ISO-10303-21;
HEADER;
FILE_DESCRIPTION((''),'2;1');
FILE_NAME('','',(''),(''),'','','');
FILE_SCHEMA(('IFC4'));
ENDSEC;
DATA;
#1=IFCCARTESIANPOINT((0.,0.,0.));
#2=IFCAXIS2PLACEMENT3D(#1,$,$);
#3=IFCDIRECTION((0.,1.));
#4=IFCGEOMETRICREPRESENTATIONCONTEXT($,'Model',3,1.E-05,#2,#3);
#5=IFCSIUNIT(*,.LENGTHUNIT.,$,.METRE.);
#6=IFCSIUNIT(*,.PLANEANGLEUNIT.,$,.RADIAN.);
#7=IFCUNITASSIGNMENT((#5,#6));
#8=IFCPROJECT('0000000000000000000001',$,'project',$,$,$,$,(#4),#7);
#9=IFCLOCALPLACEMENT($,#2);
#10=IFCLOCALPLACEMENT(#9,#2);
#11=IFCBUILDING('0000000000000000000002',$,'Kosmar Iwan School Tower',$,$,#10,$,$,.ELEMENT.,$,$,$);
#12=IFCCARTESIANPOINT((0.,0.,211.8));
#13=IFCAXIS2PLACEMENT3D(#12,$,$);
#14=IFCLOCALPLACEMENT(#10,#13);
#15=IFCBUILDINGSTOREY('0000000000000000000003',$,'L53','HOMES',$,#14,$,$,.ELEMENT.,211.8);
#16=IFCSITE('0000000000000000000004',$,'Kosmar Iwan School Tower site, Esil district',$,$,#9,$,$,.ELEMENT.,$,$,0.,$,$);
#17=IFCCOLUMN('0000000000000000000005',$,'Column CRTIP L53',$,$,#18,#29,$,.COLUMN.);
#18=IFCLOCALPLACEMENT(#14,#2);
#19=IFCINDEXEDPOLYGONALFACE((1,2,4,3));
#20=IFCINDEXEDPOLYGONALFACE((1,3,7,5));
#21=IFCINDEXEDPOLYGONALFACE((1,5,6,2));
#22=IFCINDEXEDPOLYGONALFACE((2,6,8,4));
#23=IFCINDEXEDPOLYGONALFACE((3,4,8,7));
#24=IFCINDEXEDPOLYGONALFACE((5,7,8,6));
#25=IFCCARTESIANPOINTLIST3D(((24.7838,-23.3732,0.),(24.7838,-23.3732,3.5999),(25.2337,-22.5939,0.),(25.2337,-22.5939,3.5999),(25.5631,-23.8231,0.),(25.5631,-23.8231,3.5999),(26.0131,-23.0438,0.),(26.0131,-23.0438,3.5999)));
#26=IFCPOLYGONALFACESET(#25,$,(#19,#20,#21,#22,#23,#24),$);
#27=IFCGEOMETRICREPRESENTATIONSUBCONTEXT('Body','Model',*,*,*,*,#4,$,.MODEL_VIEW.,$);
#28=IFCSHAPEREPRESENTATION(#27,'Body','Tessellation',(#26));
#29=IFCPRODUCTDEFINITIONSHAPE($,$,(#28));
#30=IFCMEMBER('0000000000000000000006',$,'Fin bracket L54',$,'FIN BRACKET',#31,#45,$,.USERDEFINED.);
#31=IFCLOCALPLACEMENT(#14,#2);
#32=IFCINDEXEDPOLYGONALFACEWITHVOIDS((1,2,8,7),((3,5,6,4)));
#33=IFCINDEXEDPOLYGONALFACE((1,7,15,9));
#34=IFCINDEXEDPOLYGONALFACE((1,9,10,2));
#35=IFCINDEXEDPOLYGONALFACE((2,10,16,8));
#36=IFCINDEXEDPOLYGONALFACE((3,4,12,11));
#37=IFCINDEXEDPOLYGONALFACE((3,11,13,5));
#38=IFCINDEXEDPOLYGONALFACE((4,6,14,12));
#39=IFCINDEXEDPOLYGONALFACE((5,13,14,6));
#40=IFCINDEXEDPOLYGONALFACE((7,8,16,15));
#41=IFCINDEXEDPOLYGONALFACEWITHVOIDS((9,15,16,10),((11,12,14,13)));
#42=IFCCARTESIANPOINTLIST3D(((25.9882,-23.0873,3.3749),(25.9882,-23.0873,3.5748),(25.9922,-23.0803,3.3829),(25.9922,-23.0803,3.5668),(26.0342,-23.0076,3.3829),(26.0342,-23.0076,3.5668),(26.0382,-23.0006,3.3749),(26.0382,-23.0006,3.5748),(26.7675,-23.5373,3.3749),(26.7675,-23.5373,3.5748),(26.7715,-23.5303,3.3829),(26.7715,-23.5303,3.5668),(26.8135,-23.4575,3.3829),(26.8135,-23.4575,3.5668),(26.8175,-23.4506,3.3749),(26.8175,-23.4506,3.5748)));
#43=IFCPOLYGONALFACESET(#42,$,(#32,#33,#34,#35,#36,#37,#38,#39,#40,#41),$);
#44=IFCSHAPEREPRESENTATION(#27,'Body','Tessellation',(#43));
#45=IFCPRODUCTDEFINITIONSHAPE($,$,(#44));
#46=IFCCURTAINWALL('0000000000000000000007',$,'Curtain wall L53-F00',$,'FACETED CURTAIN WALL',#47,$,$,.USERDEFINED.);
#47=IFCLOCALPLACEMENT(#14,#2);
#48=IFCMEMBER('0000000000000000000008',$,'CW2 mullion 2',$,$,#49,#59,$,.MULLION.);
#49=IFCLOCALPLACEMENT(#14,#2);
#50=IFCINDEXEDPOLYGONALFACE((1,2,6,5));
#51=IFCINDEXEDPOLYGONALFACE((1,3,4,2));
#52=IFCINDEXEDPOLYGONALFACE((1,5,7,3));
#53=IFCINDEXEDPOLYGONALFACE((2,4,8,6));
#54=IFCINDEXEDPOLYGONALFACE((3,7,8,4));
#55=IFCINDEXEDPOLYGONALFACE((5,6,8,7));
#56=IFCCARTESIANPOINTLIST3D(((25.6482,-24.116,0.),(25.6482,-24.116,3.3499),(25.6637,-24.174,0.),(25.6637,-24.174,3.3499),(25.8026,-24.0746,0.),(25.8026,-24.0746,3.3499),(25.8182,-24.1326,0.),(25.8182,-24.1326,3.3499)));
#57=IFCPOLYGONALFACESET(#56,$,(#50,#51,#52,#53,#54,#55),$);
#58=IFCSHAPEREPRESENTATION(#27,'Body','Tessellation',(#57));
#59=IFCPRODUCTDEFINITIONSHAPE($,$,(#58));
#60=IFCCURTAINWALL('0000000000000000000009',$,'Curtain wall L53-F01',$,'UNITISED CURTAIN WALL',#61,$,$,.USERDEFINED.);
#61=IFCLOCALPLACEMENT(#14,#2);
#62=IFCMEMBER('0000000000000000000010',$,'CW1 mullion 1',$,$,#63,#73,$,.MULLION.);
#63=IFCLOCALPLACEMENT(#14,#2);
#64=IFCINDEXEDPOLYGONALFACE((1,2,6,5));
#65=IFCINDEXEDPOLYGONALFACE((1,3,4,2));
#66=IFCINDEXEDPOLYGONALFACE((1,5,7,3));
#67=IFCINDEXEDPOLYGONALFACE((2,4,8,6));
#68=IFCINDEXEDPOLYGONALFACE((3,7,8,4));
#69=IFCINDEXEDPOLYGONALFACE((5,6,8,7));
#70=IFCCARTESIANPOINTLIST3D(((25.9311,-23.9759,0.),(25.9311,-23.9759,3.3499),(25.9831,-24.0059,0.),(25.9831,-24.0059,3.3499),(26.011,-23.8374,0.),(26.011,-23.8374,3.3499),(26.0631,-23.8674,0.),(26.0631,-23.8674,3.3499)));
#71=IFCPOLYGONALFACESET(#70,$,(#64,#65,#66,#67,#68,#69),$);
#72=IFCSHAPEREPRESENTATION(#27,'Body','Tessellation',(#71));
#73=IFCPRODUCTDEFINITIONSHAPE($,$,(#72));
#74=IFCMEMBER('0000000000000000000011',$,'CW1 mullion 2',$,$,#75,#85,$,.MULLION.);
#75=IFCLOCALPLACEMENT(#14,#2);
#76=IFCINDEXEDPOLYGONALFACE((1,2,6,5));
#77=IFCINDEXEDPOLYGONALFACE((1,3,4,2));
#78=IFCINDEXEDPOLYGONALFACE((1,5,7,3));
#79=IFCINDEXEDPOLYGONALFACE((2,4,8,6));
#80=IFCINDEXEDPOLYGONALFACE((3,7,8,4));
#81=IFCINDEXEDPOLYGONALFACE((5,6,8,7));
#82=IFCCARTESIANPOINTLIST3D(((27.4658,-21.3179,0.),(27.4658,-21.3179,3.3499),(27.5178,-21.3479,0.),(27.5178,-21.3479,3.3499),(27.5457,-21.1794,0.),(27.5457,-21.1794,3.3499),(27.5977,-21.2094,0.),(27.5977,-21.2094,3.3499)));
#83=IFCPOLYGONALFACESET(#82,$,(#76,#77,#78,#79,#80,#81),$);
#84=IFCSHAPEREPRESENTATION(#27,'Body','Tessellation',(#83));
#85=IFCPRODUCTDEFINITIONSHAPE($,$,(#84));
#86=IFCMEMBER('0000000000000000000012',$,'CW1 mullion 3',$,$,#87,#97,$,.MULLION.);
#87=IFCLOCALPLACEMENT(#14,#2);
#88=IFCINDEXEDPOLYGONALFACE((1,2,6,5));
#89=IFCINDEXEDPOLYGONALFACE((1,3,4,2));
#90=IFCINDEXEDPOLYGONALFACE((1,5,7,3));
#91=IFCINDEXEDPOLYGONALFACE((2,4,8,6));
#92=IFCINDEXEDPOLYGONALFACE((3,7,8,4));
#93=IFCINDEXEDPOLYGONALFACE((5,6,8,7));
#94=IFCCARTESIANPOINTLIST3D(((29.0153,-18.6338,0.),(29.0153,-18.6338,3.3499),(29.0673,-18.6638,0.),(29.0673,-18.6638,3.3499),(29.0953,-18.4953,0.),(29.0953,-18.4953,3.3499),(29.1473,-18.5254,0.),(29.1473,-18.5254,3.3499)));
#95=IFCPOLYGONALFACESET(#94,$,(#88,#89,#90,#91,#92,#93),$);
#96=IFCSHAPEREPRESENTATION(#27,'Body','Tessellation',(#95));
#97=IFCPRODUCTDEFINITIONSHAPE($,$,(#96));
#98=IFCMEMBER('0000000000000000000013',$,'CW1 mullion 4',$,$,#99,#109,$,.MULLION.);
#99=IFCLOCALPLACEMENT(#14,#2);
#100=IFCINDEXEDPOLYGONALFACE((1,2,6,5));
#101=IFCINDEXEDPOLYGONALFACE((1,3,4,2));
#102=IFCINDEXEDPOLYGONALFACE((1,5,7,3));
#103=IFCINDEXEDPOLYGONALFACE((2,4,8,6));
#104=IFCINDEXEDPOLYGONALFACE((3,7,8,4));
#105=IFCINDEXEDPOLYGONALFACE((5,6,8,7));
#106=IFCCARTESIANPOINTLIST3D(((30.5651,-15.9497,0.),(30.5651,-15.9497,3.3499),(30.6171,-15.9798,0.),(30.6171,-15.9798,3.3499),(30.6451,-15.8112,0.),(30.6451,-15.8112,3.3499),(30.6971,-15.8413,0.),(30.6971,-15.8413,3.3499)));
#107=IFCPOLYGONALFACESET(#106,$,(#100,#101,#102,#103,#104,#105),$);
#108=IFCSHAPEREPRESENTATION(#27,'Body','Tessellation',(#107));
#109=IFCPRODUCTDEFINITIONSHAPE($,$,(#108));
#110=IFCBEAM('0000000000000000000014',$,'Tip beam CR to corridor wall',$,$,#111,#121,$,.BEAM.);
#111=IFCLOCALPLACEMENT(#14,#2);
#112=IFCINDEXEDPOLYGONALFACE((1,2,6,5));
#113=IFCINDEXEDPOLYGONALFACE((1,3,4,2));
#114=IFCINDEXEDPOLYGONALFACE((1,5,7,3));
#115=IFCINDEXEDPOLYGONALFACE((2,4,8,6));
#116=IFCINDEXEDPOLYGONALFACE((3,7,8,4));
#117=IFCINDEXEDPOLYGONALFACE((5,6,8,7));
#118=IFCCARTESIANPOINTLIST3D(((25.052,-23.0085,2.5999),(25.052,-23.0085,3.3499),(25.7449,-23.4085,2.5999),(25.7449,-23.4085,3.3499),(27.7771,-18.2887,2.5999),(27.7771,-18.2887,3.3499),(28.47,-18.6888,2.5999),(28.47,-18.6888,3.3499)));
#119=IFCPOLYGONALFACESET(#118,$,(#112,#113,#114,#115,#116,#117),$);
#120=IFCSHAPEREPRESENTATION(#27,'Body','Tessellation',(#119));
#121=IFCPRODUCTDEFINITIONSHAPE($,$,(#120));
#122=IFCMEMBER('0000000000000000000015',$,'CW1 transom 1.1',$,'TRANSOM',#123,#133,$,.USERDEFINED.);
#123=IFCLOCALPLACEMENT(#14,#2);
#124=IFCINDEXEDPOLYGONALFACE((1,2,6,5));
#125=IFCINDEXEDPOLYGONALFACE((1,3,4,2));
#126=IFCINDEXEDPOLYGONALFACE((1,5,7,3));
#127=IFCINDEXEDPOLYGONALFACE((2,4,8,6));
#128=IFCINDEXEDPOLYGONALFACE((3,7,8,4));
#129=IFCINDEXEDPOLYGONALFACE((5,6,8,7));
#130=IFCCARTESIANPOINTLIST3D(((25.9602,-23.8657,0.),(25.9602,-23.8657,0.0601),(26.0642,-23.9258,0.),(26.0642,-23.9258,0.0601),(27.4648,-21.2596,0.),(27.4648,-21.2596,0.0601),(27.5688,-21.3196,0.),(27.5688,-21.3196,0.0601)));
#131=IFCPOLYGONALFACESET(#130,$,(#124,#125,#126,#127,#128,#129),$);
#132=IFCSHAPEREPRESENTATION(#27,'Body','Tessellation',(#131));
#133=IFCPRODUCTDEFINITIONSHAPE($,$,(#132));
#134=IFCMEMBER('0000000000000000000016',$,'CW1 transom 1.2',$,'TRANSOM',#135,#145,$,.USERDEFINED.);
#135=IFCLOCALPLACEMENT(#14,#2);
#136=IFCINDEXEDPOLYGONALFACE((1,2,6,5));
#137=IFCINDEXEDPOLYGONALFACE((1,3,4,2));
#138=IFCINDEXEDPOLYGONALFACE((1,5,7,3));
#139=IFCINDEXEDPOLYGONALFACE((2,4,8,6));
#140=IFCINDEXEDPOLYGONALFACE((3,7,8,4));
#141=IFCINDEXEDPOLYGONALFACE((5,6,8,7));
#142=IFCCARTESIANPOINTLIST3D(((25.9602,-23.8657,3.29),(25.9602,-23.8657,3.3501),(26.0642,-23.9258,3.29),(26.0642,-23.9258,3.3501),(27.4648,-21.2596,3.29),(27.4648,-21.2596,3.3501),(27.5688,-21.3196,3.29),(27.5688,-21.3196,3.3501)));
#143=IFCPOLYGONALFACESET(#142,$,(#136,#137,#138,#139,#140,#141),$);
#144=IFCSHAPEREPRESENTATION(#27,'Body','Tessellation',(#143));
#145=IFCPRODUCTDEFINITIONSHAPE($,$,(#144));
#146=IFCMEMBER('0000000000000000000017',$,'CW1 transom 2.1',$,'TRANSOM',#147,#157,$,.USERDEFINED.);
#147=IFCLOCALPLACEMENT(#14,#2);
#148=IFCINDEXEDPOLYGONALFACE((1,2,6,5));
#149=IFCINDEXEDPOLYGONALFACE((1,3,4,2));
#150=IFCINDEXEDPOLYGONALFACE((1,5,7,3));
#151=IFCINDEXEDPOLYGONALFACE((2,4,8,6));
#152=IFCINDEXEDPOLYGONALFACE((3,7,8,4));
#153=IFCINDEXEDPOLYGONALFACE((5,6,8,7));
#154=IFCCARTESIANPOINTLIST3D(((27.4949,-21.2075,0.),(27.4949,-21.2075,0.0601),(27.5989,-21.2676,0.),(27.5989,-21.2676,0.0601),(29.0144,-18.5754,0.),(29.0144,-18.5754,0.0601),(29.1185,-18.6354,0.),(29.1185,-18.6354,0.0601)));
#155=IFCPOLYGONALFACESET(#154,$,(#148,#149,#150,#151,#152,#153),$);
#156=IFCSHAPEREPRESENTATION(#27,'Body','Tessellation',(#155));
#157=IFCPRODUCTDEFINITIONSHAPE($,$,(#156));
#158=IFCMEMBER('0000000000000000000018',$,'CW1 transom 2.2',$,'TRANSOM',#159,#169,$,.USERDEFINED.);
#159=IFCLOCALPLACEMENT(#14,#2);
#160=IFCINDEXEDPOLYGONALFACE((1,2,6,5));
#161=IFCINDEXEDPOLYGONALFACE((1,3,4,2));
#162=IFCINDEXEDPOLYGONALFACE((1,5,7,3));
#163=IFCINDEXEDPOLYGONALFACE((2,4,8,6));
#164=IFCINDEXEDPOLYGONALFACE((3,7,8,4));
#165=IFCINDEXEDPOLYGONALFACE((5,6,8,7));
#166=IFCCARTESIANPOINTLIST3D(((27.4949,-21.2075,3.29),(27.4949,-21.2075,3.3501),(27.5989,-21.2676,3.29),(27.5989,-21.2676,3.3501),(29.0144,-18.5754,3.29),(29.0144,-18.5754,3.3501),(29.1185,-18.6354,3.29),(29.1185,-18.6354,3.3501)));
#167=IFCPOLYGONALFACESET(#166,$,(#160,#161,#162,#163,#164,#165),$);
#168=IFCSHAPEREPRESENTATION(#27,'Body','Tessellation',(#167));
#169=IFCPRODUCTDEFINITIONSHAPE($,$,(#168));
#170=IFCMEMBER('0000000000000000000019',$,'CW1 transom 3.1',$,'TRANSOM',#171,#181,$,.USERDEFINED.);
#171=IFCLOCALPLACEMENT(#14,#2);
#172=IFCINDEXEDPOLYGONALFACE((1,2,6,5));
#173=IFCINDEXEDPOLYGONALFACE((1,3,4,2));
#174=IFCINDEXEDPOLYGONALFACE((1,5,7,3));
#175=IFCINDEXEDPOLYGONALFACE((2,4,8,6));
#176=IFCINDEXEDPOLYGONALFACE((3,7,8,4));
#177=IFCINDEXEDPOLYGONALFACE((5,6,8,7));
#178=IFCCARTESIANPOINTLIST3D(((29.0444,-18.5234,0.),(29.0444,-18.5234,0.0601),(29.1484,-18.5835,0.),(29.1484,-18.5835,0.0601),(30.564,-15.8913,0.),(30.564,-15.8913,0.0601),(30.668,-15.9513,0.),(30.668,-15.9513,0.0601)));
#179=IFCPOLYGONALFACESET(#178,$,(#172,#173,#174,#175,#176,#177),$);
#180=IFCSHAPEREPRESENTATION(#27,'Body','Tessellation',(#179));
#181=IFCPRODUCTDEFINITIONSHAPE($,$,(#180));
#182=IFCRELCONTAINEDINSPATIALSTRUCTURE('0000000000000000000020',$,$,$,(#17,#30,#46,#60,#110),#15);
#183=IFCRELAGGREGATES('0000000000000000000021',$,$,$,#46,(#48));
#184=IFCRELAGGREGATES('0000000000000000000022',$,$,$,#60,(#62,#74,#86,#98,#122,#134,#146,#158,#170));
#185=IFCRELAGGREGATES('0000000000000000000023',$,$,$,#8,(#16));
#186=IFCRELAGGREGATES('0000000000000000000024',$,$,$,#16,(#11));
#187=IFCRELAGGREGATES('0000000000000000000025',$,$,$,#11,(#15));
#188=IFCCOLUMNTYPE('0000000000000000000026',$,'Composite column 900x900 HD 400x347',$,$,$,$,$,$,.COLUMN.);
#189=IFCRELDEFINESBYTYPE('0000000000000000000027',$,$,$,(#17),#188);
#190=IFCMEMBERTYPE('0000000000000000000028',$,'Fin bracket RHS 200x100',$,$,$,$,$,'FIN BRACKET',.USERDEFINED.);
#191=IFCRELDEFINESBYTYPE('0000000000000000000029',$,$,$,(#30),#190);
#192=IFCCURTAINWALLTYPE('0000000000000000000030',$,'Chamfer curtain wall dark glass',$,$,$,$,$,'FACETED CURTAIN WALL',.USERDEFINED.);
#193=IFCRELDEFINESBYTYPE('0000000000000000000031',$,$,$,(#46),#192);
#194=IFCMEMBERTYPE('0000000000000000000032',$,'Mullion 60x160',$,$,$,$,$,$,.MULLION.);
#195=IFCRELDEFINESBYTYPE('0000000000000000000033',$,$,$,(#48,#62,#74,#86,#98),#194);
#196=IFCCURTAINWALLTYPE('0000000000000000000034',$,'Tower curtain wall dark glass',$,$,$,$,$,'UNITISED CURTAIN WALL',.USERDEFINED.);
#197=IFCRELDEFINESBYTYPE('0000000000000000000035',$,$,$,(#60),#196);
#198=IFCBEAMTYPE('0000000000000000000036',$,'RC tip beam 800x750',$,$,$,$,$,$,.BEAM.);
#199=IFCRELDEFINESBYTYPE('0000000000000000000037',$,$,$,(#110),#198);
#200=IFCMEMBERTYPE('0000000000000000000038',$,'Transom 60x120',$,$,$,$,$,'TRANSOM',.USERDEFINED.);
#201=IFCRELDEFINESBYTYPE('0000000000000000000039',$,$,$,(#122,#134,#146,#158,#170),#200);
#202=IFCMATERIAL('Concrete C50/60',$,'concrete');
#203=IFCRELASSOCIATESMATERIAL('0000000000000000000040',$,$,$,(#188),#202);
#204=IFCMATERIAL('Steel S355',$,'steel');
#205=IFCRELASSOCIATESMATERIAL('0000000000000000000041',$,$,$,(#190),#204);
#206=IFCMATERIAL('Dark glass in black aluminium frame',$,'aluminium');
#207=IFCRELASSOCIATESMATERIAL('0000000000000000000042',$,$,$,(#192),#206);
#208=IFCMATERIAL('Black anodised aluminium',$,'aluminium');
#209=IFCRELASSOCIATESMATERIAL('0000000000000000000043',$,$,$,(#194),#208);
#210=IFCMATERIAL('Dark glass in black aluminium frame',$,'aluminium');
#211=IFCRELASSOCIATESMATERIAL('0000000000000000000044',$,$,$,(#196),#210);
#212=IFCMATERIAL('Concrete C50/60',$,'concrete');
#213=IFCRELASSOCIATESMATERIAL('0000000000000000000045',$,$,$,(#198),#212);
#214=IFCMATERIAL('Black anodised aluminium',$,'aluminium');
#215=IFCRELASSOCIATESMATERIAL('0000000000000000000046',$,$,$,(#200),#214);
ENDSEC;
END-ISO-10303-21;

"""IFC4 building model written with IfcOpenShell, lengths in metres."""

from ifc_helpers import new_model, si_unit, direction, frame, origin, origin_2d, place, context, subcontext, project, spatial, rectangle, hollow_rectangle, extrude, material, material_profile, profile_set, type_object, element, aggregate, save


model = new_model("IFC4")

# Units and contexts
model_context = context("Model", 3, precision=1e-05, world=origin(), true_north=direction((0.0, 1.0)))
body_context = subcontext(model_context, "Body", "Model", "MODEL_VIEW")
ifc_project = project(units=[si_unit("LENGTHUNIT", "METRE"), si_unit("PLANEANGLEUNIT", "RADIAN")], contexts=[model_context])

# Site, building, storey
site_placement = place(None, origin())
site = spatial("IfcSite", under=ifc_project, at=site_placement, Name="Kosmar Iwan School Tower site, Esil district", CompositionType="ELEMENT", RefElevation=0.0)
building_placement = place(site_placement, origin())
building = spatial("IfcBuilding", under=site, at=building_placement, Name="Kosmar Iwan School Tower", CompositionType="ELEMENT")
storey_placement = place(building_placement, frame((0.0, 0.0, 211.8)))
storey = spatial("IfcBuildingStorey", under=building, at=storey_placement, Name="L53", Description="HOMES", CompositionType="ELEMENT", Elevation=211.8)

# Column
ifc_material_1 = material(Name="Concrete C50/60", Category="concrete")
ifc_material_profile_1 = material_profile(ifc_material_1, rectangle(XDim=0.8999, YDim=0.8999, at=origin_2d()), Name="RC 900x900 + HD 400x347")
ifc_profile_set_1 = profile_set([ifc_material_profile_1], Name="Concrete C50/60")
column_type = type_object("IfcColumnType", Name="Composite column 900x900 HD 400x347", PredefinedType="COLUMN", material=ifc_profile_set_1)
column_placement = place(storey_placement, frame((25.3984, -23.2085, 0.0), z_axis=(0.0, 0.0, 1.0), x_axis=(0.866025, -0.5, 0.0)))
element("IfcColumn", 1, at=column_placement, inside=storey, type_object=column_type, Name="Column CRTIP L53", PredefinedType="COLUMN", context=body_context, shape_type="SweptSolid", body=[
    extrude(rectangle(XDim=0.8999, YDim=0.8999, at=origin_2d()), origin(), (0.0, 0.0, 1.0), 3.5999),
])

# Member
ifc_material_2 = material(Name="Steel S355", Category="steel")
ifc_material_profile_2 = material_profile(ifc_material_2, hollow_rectangle(XDim=0.1001, YDim=0.2, WallThickness=0.0081, at=origin_2d()), Name="RHS 200x100x8")
ifc_profile_set_2 = profile_set([ifc_material_profile_2], Name="Steel S355")
member_type_1 = type_object("IfcMemberType", Name="Fin bracket RHS 200x100", ElementType="FIN BRACKET", PredefinedType="USERDEFINED", material=ifc_profile_set_2)
member_1_placement = place(storey_placement, frame((26.0132, -23.0439, 3.4749), z_axis=(0.866014, -0.50002, 0.0), x_axis=(0.50002, 0.866014, 0.0)))
element("IfcMember", 2, at=member_1_placement, inside=storey, type_object=member_type_1, Name="Fin bracket L54", ObjectType="FIN BRACKET", PredefinedType="USERDEFINED", context=body_context, shape_type="SweptSolid", body=[
    extrude(hollow_rectangle(XDim=0.1001, YDim=0.2, WallThickness=0.0081, at=origin_2d()), origin(), (0.0, 0.0, 1.0), 0.8999),
])

# Curtain wall, member
ifc_material_3 = material(Name="Dark glass in black aluminium frame", Category="aluminium")
curtain_wall_type_1 = type_object("IfcCurtainWallType", Name="Chamfer curtain wall dark glass", ElementType="FACETED CURTAIN WALL", PredefinedType="USERDEFINED", material=ifc_material_3)
curtain_wall_1_placement = place(storey_placement, origin())
curtain_wall_1 = element("IfcCurtainWall", 3, at=curtain_wall_1_placement, inside=storey, type_object=curtain_wall_type_1, Name="Curtain wall L53-F00", ObjectType="FACETED CURTAIN WALL", PredefinedType="USERDEFINED")
ifc_material_4 = material(Name="Black anodised aluminium", Category="aluminium")
ifc_material_profile_3 = material_profile(ifc_material_4, rectangle(XDim=0.0601, YDim=0.1599, at=origin_2d()), Name="MULLION 60x160")
ifc_profile_set_3 = profile_set([ifc_material_profile_3], Name="Black anodised aluminium")
member_type_2 = type_object("IfcMemberType", Name="Mullion 60x160", PredefinedType="MULLION", material=ifc_profile_set_3)
member_2_placement = place(storey_placement, frame((25.7332, -24.1243, 0.0), z_axis=(0.0, 0.0, 1.0), x_axis=(-0.258819, 0.965926, 0.0)))
member_2 = element("IfcMember", 4, at=member_2_placement, type_object=member_type_2, Name="CW2 mullion 2", PredefinedType="MULLION", context=body_context, shape_type="SweptSolid", body=[
    extrude(rectangle(XDim=0.0601, YDim=0.1599, at=origin_2d()), origin(), (0.0, 0.0, 1.0), 3.3499),
])

# Curtain wall, members
ifc_material_5 = material(Name="Dark glass in black aluminium frame", Category="aluminium")
curtain_wall_type_2 = type_object("IfcCurtainWallType", Name="Tower curtain wall dark glass", ElementType="UNITISED CURTAIN WALL", PredefinedType="USERDEFINED", material=ifc_material_5)
curtain_wall_2_placement = place(storey_placement, origin())
curtain_wall_2 = element("IfcCurtainWall", 5, at=curtain_wall_2_placement, inside=storey, type_object=curtain_wall_type_2, Name="Curtain wall L53-F01", ObjectType="UNITISED CURTAIN WALL", PredefinedType="USERDEFINED")
member_3_placement = place(storey_placement, frame((25.9971, -23.9216, 0.0), z_axis=(0.0, 0.0, 1.0), x_axis=(-0.866025, 0.5, 0.0)))
member_3 = element("IfcMember", 6, at=member_3_placement, type_object=member_type_2, Name="CW1 mullion 1", PredefinedType="MULLION", context=body_context, shape_type="SweptSolid", body=[
    extrude(rectangle(XDim=0.0601, YDim=0.1599, at=origin_2d()), origin(), (0.0, 0.0, 1.0), 3.3499),
])
member_4_placement = place(storey_placement, frame((27.5317, -21.2637, 0.0), z_axis=(0.0, 0.0, 1.0), x_axis=(-0.866025, 0.5, 0.0)))
member_4 = element("IfcMember", 7, at=member_4_placement, type_object=member_type_2, Name="CW1 mullion 2", PredefinedType="MULLION", context=body_context, shape_type="SweptSolid", body=[
    extrude(rectangle(XDim=0.0601, YDim=0.1599, at=origin_2d()), origin(), (0.0, 0.0, 1.0), 3.3499),
])
member_5_placement = place(storey_placement, frame((29.0813, -18.5796, 0.0), z_axis=(0.0, 0.0, 1.0), x_axis=(-0.866025, 0.5, 0.0)))
member_5 = element("IfcMember", 8, at=member_5_placement, type_object=member_type_2, Name="CW1 mullion 3", PredefinedType="MULLION", context=body_context, shape_type="SweptSolid", body=[
    extrude(rectangle(XDim=0.0601, YDim=0.1599, at=origin_2d()), origin(), (0.0, 0.0, 1.0), 3.3499),
])
member_6_placement = place(storey_placement, frame((30.6311, -15.8955, 0.0), z_axis=(0.0, 0.0, 1.0), x_axis=(-0.866025, 0.5, 0.0)))
member_6 = element("IfcMember", 9, at=member_6_placement, type_object=member_type_2, Name="CW1 mullion 4", PredefinedType="MULLION", context=body_context, shape_type="SweptSolid", body=[
    extrude(rectangle(XDim=0.0601, YDim=0.1599, at=origin_2d()), origin(), (0.0, 0.0, 1.0), 3.3499),
])

# Beam
ifc_material_6 = material(Name="Concrete C50/60", Category="concrete")
ifc_material_profile_4 = material_profile(ifc_material_6, rectangle(XDim=0.8, YDim=0.75, at=origin_2d()), Name="RC 800x750")
ifc_profile_set_4 = profile_set([ifc_material_profile_4], Name="Concrete C50/60")
beam_type = type_object("IfcBeamType", Name="RC tip beam 800x750", PredefinedType="BEAM", material=ifc_profile_set_4)
beam_placement = place(storey_placement, frame((25.3984, -23.2085, 2.9749), z_axis=(0.500022, 0.866013, 0.0), x_axis=(-0.866013, 0.500022, 0.0)))
element("IfcBeam", 10, at=beam_placement, inside=storey, type_object=beam_type, Name="Tip beam CR to corridor wall", PredefinedType="BEAM", context=body_context, shape_type="SweptSolid", body=[
    extrude(rectangle(XDim=0.8, YDim=0.75, at=origin_2d()), origin(), (0.0, 0.0, 1.0), 5.45),
])

# Members
ifc_material_7 = material(Name="Black anodised aluminium", Category="aluminium")
ifc_material_profile_5 = material_profile(ifc_material_7, rectangle(XDim=0.1201, YDim=0.0601, at=origin_2d()), Name="TRANSOM 60x120")
ifc_profile_set_5 = profile_set([ifc_material_profile_5], Name="Black anodised aluminium")
member_type_3 = type_object("IfcMemberType", Name="Transom 60x120", ElementType="TRANSOM", PredefinedType="USERDEFINED", material=ifc_profile_set_5)
member_7_placement = place(storey_placement, frame((26.0122, -23.8958, 0.03), z_axis=(0.499987, 0.866033, 0.0), x_axis=(-0.866033, 0.499987, 0.0)))
member_7 = element("IfcMember", 11, at=member_7_placement, type_object=member_type_3, Name="CW1 transom 1.1", ObjectType="TRANSOM", PredefinedType="USERDEFINED", context=body_context, shape_type="SweptSolid", body=[
    extrude(rectangle(XDim=0.1201, YDim=0.0601, at=origin_2d()), origin(), (0.0, 0.0, 1.0), 3.0093),
])
member_8_placement = place(storey_placement, frame((26.0122, -23.8958, 3.3201), z_axis=(0.499987, 0.866033, 0.0), x_axis=(-0.866033, 0.499987, 0.0)))
member_8 = element("IfcMember", 12, at=member_8_placement, type_object=member_type_3, Name="CW1 transom 1.2", ObjectType="TRANSOM", PredefinedType="USERDEFINED", context=body_context, shape_type="SweptSolid", body=[
    extrude(rectangle(XDim=0.1201, YDim=0.0601, at=origin_2d()), origin(), (0.0, 0.0, 1.0), 3.0093),
])
member_9_placement = place(storey_placement, frame((27.5469, -21.2375, 0.03), z_axis=(0.499975, 0.86604, 0.0), x_axis=(-0.86604, 0.499975, 0.0)))
member_9 = element("IfcMember", 13, at=member_9_placement, type_object=member_type_3, Name="CW1 transom 2.1", ObjectType="TRANSOM", PredefinedType="USERDEFINED", context=body_context, shape_type="SweptSolid", body=[
    extrude(rectangle(XDim=0.1201, YDim=0.0601, at=origin_2d()), origin(), (0.0, 0.0, 1.0), 3.0393),
])
member_10_placement = place(storey_placement, frame((27.5469, -21.2375, 3.3201), z_axis=(0.499975, 0.86604, 0.0), x_axis=(-0.86604, 0.499975, 0.0)))
member_10 = element("IfcMember", 14, at=member_10_placement, type_object=member_type_3, Name="CW1 transom 2.2", ObjectType="TRANSOM", PredefinedType="USERDEFINED", context=body_context, shape_type="SweptSolid", body=[
    extrude(rectangle(XDim=0.1201, YDim=0.0601, at=origin_2d()), origin(), (0.0, 0.0, 1.0), 3.0393),
])
member_11_placement = place(storey_placement, frame((29.0964, -18.5535, 0.03), z_axis=(0.499975, 0.86604, 0.0), x_axis=(-0.86604, 0.499975, 0.0)))
member_11 = element("IfcMember", 15, at=member_11_placement, type_object=member_type_3, Name="CW1 transom 3.1", ObjectType="TRANSOM", PredefinedType="USERDEFINED", context=body_context, shape_type="SweptSolid", body=[
    extrude(rectangle(XDim=0.1201, YDim=0.0601, at=origin_2d()), origin(), (0.0, 0.0, 1.0), 3.0393),
])

aggregate(curtain_wall_1, [member_2])
aggregate(curtain_wall_2, [member_3, member_4, member_5, member_6, member_7, member_8, member_9, member_10, member_11])

save(model, "model.ifc")
